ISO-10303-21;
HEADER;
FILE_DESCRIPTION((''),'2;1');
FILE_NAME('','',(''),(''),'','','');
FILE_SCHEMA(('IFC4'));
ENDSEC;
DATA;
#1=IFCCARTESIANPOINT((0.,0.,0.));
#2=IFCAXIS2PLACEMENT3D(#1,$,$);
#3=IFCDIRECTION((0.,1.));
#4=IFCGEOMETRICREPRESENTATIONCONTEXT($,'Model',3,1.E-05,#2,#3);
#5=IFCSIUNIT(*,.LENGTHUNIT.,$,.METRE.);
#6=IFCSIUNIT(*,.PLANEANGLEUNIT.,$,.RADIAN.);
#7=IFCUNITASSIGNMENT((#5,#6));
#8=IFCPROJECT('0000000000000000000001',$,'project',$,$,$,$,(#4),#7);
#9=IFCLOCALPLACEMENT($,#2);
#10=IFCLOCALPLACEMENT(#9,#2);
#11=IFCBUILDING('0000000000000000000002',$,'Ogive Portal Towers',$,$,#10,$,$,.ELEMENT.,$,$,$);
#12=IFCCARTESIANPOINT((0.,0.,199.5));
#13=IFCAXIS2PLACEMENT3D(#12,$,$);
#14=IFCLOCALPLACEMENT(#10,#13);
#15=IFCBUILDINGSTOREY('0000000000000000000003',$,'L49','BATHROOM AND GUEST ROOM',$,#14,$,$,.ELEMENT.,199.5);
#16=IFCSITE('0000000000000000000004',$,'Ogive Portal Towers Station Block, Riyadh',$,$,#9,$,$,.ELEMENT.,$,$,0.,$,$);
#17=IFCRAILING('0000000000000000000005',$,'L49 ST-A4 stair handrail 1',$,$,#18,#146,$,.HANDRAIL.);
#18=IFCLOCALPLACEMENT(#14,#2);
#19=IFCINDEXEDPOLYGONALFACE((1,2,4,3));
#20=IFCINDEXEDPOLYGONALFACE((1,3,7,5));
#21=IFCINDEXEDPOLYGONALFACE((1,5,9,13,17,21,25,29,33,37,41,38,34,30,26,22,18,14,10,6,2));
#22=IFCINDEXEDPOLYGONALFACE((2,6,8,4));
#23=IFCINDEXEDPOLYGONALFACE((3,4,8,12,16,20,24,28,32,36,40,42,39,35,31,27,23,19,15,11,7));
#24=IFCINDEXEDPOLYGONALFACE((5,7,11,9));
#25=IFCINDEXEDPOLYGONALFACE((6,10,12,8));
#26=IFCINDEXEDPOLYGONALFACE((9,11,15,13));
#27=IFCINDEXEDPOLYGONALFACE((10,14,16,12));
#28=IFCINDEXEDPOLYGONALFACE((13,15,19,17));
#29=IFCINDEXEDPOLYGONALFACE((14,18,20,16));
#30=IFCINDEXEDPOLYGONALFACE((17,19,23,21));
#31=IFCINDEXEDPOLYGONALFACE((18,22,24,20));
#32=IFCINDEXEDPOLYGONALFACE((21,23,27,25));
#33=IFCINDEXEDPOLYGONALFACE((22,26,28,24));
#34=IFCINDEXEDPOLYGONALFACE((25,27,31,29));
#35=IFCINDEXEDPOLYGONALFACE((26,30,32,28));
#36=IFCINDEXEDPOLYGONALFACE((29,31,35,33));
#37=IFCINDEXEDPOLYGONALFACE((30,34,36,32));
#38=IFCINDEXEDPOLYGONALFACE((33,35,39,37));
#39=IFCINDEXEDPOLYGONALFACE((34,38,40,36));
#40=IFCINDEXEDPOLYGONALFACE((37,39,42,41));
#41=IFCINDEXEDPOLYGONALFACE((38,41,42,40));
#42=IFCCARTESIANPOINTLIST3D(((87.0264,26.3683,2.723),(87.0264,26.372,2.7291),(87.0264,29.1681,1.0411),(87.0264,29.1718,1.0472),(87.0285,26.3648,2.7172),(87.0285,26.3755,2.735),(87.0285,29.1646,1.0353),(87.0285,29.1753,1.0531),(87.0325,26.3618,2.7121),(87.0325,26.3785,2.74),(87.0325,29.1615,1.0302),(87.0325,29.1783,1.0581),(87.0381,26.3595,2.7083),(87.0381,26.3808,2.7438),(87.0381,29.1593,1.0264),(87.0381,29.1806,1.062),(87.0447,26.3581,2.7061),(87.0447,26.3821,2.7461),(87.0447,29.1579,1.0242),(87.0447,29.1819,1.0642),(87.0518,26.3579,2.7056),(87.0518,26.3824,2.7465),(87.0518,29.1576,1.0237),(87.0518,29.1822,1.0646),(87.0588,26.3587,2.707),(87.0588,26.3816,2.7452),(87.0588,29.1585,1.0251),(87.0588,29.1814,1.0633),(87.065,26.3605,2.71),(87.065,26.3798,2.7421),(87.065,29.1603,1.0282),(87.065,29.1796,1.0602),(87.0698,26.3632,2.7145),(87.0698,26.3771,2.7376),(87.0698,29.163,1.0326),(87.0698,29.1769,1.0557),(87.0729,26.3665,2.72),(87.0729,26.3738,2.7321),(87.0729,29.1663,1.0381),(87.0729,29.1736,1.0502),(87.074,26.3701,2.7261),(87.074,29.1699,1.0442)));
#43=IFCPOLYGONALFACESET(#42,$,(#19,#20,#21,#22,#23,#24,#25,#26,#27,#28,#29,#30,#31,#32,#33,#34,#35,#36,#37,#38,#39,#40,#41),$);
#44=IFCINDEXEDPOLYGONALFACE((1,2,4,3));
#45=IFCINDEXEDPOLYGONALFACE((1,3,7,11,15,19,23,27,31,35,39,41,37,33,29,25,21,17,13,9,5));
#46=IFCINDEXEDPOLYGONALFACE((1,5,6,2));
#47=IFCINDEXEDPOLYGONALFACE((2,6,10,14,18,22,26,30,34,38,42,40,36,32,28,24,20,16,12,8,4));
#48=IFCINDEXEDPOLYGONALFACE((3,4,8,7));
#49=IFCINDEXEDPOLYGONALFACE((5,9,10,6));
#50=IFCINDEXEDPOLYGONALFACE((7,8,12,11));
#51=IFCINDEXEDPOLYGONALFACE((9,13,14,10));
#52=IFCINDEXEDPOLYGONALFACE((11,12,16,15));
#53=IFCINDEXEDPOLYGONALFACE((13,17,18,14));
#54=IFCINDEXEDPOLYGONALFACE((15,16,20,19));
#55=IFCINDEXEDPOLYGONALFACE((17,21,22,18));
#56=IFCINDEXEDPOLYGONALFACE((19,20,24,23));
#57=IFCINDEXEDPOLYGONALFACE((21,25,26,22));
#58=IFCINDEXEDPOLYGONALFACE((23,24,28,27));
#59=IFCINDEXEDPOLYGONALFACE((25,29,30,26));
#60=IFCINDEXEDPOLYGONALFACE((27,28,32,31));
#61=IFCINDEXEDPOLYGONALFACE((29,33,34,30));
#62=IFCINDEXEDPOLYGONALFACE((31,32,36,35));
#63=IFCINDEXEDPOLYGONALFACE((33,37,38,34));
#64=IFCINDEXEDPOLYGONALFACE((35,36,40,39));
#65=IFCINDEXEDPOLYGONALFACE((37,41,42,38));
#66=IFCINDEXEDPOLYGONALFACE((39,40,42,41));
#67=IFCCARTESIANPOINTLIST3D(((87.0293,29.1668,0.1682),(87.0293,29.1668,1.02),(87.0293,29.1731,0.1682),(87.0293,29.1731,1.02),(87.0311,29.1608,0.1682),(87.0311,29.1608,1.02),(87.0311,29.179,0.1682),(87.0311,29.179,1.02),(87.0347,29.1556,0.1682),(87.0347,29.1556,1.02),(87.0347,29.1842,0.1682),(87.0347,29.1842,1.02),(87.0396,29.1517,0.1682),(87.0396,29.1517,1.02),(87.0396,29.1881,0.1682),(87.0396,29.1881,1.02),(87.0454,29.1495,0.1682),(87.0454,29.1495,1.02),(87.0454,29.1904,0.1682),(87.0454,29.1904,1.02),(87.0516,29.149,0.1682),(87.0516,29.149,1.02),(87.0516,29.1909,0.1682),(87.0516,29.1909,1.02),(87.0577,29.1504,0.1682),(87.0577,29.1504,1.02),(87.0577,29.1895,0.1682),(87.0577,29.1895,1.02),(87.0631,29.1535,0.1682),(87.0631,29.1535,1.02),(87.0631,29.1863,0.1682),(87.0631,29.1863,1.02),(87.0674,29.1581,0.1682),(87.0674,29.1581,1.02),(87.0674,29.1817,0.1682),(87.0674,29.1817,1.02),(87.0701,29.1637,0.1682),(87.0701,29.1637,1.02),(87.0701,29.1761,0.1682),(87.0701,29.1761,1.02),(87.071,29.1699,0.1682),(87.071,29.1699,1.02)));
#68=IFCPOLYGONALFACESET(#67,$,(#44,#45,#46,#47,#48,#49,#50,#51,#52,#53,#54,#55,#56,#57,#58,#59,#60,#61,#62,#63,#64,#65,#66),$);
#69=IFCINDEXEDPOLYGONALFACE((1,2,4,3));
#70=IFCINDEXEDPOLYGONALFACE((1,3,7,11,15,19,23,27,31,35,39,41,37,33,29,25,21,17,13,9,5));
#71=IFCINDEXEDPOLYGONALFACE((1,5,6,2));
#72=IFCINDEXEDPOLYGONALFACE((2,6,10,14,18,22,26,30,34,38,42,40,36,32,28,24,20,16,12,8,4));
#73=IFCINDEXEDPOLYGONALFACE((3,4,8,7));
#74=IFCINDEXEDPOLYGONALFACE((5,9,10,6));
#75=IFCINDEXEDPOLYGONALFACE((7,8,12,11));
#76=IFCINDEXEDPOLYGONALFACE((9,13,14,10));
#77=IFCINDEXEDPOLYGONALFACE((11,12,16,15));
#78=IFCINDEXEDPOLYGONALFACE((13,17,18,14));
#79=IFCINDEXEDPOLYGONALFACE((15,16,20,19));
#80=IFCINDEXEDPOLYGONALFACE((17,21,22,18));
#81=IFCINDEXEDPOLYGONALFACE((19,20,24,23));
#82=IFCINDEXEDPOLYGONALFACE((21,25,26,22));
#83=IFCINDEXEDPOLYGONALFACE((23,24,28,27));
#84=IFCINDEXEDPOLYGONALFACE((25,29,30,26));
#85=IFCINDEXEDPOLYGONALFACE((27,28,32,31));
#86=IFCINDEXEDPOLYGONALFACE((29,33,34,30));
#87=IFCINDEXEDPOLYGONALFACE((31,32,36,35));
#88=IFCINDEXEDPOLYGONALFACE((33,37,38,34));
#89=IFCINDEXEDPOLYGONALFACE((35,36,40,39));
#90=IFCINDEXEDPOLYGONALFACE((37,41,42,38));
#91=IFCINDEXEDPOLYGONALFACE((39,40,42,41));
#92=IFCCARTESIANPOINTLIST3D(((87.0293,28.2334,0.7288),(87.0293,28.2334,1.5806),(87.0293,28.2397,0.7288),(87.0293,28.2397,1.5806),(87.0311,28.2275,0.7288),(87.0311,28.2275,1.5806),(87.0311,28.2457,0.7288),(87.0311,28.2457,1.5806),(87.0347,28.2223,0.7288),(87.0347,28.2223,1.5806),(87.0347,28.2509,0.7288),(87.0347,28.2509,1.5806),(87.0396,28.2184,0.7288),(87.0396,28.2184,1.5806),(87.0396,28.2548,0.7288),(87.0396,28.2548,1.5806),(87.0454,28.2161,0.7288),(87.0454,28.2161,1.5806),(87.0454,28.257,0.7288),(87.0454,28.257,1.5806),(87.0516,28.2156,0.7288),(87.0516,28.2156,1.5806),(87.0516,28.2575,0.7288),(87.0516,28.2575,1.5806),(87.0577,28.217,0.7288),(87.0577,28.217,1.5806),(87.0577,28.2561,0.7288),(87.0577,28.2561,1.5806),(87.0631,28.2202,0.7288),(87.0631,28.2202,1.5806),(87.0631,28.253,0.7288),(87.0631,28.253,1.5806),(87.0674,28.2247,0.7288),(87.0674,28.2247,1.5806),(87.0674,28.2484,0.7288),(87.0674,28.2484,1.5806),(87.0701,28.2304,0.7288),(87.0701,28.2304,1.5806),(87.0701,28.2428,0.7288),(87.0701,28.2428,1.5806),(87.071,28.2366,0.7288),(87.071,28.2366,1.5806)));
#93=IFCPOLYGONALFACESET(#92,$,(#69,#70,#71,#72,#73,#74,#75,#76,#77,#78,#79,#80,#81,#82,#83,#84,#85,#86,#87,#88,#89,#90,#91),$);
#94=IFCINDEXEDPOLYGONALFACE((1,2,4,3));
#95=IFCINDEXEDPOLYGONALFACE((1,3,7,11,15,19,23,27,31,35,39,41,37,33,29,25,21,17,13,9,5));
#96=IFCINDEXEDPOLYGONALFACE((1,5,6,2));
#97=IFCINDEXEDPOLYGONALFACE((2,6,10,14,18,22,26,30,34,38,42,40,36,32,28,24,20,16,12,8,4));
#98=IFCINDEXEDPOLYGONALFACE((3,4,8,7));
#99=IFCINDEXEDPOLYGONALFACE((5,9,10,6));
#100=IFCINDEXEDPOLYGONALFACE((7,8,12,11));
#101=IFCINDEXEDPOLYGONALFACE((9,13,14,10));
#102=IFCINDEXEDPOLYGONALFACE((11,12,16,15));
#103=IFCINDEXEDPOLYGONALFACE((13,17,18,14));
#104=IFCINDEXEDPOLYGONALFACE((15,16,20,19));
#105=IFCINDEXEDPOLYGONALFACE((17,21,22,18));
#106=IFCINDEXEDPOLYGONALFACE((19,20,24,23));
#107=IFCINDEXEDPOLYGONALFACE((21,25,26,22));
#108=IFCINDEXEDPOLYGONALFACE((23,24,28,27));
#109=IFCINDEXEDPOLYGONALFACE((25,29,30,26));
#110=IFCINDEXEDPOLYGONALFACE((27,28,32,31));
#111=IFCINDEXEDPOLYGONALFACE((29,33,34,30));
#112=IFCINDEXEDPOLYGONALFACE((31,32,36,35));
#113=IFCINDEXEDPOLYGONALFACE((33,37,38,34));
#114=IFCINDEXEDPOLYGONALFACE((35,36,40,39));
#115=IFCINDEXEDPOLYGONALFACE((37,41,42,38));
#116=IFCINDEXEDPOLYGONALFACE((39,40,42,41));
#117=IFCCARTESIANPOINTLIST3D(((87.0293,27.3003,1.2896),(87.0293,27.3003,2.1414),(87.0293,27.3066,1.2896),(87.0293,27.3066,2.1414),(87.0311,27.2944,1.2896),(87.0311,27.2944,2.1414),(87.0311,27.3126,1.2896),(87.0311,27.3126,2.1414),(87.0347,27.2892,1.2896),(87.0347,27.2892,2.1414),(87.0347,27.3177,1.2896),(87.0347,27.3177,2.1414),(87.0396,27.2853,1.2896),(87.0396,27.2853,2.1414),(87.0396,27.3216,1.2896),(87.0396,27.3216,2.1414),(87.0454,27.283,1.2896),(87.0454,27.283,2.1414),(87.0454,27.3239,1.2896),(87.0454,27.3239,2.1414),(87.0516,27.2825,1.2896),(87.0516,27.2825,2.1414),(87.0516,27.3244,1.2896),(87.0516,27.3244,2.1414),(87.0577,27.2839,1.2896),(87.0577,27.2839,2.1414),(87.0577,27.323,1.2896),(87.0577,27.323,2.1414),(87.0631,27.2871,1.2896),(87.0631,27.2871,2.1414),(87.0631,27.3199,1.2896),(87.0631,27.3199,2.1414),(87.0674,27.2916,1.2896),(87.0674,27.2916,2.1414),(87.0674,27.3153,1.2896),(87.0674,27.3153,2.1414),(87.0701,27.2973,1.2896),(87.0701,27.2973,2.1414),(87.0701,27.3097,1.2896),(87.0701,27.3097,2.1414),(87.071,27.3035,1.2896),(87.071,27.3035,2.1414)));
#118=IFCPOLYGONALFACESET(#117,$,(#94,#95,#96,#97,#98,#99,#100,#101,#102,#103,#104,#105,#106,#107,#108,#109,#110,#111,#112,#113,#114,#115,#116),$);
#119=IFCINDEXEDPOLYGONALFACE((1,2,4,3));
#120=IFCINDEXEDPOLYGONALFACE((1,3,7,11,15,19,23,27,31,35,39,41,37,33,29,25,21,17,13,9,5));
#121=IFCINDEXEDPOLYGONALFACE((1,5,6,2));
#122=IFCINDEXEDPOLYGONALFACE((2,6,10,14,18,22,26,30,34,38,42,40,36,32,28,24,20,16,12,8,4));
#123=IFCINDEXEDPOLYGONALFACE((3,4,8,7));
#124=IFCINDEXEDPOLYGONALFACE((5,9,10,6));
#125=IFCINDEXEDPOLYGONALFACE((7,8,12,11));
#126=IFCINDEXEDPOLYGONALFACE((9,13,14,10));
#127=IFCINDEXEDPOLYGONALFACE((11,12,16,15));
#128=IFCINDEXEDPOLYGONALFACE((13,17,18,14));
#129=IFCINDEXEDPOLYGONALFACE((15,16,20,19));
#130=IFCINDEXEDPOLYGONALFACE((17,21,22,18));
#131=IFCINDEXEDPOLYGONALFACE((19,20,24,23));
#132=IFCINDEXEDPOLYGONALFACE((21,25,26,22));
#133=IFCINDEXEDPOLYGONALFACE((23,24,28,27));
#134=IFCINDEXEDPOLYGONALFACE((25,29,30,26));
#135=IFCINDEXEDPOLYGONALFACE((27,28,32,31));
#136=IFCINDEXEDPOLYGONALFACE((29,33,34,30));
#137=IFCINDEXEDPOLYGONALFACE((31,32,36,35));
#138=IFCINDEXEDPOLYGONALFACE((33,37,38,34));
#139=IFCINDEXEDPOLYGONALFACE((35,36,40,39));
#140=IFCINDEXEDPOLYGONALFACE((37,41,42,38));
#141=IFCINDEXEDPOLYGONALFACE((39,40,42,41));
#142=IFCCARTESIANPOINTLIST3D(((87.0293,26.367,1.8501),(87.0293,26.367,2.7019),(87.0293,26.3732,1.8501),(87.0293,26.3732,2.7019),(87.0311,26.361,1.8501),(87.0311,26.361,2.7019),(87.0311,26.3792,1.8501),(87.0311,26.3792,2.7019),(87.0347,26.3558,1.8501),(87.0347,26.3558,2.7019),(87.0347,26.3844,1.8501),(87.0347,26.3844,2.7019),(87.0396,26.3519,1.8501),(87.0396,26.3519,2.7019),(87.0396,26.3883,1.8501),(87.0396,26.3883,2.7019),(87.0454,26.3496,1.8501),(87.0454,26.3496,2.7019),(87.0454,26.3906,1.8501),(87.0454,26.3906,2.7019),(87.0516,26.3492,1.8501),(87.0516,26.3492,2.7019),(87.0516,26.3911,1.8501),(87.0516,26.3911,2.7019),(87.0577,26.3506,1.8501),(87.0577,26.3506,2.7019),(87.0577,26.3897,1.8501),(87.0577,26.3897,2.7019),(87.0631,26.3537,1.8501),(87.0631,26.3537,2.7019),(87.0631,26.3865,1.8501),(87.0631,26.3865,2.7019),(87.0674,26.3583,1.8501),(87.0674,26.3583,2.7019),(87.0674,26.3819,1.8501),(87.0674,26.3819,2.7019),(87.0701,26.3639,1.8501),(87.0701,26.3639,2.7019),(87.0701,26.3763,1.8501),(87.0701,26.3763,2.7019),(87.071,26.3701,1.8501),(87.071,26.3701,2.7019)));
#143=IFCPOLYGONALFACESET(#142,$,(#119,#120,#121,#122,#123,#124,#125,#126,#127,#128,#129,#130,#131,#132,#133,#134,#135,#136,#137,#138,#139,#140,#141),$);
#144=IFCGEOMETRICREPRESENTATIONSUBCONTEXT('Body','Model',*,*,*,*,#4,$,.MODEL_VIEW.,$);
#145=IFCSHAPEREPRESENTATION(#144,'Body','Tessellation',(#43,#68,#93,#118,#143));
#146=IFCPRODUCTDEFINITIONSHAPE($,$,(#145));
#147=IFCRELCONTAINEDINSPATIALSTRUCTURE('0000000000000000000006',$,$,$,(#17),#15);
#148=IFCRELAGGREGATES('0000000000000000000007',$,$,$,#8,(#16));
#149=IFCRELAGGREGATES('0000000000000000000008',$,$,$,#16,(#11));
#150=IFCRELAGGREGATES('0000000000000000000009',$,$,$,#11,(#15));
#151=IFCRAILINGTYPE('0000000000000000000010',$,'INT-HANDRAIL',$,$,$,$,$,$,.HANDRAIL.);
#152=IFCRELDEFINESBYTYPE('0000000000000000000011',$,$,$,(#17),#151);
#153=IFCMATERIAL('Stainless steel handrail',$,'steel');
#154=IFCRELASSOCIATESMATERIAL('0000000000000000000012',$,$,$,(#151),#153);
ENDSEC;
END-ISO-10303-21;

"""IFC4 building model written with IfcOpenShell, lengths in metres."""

from ifc_helpers import new_model, si_unit, direction, frame, origin, origin_2d, place, context, subcontext, project, spatial, circle, extrude, material, type_object, element, save


model = new_model("IFC4")

# Units and contexts
model_context = context("Model", 3, precision=1e-05, world=origin(), true_north=direction((0.0, 1.0)))
body_context = subcontext(model_context, "Body", "Model", "MODEL_VIEW")
ifc_project = project(units=[si_unit("LENGTHUNIT", "METRE"), si_unit("PLANEANGLEUNIT", "RADIAN")], contexts=[model_context])

# Site, building, storey
site_placement = place(None, origin())
site = spatial("IfcSite", under=ifc_project, at=site_placement, Name="Ogive Portal Towers Station Block, Riyadh", CompositionType="ELEMENT", RefElevation=0.0)
building_placement = place(site_placement, origin())
building = spatial("IfcBuilding", under=site, at=building_placement, Name="Ogive Portal Towers", CompositionType="ELEMENT")
storey_placement = place(building_placement, frame((0.0, 0.0, 199.5)))
storey = spatial("IfcBuildingStorey", under=building, at=storey_placement, Name="L49", Description="BATHROOM AND GUEST ROOM", CompositionType="ELEMENT", Elevation=199.5)

# Railing
ifc_material_1 = material(Name="Stainless steel handrail", Category="steel")
railing_type_1 = type_object("IfcRailingType", Name="INT-HANDRAIL", PredefinedType="HANDRAIL", material=ifc_material_1)
railing_1_placement = place(storey_placement, frame((87.05, 29.1699, 0.1682)))
element("IfcRailing", 1, at=railing_1_placement, inside=storey, type_object=railing_type_1, Name="L49 ST-A4 stair handrail 1", PredefinedType="HANDRAIL", context=body_context, shape_type="SweptSolid", body=[
    extrude(circle(Radius=0.0239, at=origin_2d()), frame((0.0, 0.0, 0.876), z_axis=(0.0, -0.857222, 0.514946), x_axis=(1.0, 0.0, 0.0)), (0.0, 0.0, 1.0), 3.2661),
    extrude(circle(Radius=0.021, at=origin_2d()), origin(), (0.0, 0.0, 1.0), 0.8518),
    extrude(circle(Radius=0.021, at=origin_2d()), frame((0.0, -0.9333, 0.5605)), (0.0, 0.0, 1.0), 0.8518),
    extrude(circle(Radius=0.021, at=origin_2d()), frame((0.0, -1.8665, 1.1213)), (0.0, 0.0, 1.0), 0.8518),
    extrude(circle(Radius=0.021, at=origin_2d()), frame((0.0, -2.7998, 1.6819)), (0.0, 0.0, 1.0), 0.8518),
])

save(model, "model.ifc")
